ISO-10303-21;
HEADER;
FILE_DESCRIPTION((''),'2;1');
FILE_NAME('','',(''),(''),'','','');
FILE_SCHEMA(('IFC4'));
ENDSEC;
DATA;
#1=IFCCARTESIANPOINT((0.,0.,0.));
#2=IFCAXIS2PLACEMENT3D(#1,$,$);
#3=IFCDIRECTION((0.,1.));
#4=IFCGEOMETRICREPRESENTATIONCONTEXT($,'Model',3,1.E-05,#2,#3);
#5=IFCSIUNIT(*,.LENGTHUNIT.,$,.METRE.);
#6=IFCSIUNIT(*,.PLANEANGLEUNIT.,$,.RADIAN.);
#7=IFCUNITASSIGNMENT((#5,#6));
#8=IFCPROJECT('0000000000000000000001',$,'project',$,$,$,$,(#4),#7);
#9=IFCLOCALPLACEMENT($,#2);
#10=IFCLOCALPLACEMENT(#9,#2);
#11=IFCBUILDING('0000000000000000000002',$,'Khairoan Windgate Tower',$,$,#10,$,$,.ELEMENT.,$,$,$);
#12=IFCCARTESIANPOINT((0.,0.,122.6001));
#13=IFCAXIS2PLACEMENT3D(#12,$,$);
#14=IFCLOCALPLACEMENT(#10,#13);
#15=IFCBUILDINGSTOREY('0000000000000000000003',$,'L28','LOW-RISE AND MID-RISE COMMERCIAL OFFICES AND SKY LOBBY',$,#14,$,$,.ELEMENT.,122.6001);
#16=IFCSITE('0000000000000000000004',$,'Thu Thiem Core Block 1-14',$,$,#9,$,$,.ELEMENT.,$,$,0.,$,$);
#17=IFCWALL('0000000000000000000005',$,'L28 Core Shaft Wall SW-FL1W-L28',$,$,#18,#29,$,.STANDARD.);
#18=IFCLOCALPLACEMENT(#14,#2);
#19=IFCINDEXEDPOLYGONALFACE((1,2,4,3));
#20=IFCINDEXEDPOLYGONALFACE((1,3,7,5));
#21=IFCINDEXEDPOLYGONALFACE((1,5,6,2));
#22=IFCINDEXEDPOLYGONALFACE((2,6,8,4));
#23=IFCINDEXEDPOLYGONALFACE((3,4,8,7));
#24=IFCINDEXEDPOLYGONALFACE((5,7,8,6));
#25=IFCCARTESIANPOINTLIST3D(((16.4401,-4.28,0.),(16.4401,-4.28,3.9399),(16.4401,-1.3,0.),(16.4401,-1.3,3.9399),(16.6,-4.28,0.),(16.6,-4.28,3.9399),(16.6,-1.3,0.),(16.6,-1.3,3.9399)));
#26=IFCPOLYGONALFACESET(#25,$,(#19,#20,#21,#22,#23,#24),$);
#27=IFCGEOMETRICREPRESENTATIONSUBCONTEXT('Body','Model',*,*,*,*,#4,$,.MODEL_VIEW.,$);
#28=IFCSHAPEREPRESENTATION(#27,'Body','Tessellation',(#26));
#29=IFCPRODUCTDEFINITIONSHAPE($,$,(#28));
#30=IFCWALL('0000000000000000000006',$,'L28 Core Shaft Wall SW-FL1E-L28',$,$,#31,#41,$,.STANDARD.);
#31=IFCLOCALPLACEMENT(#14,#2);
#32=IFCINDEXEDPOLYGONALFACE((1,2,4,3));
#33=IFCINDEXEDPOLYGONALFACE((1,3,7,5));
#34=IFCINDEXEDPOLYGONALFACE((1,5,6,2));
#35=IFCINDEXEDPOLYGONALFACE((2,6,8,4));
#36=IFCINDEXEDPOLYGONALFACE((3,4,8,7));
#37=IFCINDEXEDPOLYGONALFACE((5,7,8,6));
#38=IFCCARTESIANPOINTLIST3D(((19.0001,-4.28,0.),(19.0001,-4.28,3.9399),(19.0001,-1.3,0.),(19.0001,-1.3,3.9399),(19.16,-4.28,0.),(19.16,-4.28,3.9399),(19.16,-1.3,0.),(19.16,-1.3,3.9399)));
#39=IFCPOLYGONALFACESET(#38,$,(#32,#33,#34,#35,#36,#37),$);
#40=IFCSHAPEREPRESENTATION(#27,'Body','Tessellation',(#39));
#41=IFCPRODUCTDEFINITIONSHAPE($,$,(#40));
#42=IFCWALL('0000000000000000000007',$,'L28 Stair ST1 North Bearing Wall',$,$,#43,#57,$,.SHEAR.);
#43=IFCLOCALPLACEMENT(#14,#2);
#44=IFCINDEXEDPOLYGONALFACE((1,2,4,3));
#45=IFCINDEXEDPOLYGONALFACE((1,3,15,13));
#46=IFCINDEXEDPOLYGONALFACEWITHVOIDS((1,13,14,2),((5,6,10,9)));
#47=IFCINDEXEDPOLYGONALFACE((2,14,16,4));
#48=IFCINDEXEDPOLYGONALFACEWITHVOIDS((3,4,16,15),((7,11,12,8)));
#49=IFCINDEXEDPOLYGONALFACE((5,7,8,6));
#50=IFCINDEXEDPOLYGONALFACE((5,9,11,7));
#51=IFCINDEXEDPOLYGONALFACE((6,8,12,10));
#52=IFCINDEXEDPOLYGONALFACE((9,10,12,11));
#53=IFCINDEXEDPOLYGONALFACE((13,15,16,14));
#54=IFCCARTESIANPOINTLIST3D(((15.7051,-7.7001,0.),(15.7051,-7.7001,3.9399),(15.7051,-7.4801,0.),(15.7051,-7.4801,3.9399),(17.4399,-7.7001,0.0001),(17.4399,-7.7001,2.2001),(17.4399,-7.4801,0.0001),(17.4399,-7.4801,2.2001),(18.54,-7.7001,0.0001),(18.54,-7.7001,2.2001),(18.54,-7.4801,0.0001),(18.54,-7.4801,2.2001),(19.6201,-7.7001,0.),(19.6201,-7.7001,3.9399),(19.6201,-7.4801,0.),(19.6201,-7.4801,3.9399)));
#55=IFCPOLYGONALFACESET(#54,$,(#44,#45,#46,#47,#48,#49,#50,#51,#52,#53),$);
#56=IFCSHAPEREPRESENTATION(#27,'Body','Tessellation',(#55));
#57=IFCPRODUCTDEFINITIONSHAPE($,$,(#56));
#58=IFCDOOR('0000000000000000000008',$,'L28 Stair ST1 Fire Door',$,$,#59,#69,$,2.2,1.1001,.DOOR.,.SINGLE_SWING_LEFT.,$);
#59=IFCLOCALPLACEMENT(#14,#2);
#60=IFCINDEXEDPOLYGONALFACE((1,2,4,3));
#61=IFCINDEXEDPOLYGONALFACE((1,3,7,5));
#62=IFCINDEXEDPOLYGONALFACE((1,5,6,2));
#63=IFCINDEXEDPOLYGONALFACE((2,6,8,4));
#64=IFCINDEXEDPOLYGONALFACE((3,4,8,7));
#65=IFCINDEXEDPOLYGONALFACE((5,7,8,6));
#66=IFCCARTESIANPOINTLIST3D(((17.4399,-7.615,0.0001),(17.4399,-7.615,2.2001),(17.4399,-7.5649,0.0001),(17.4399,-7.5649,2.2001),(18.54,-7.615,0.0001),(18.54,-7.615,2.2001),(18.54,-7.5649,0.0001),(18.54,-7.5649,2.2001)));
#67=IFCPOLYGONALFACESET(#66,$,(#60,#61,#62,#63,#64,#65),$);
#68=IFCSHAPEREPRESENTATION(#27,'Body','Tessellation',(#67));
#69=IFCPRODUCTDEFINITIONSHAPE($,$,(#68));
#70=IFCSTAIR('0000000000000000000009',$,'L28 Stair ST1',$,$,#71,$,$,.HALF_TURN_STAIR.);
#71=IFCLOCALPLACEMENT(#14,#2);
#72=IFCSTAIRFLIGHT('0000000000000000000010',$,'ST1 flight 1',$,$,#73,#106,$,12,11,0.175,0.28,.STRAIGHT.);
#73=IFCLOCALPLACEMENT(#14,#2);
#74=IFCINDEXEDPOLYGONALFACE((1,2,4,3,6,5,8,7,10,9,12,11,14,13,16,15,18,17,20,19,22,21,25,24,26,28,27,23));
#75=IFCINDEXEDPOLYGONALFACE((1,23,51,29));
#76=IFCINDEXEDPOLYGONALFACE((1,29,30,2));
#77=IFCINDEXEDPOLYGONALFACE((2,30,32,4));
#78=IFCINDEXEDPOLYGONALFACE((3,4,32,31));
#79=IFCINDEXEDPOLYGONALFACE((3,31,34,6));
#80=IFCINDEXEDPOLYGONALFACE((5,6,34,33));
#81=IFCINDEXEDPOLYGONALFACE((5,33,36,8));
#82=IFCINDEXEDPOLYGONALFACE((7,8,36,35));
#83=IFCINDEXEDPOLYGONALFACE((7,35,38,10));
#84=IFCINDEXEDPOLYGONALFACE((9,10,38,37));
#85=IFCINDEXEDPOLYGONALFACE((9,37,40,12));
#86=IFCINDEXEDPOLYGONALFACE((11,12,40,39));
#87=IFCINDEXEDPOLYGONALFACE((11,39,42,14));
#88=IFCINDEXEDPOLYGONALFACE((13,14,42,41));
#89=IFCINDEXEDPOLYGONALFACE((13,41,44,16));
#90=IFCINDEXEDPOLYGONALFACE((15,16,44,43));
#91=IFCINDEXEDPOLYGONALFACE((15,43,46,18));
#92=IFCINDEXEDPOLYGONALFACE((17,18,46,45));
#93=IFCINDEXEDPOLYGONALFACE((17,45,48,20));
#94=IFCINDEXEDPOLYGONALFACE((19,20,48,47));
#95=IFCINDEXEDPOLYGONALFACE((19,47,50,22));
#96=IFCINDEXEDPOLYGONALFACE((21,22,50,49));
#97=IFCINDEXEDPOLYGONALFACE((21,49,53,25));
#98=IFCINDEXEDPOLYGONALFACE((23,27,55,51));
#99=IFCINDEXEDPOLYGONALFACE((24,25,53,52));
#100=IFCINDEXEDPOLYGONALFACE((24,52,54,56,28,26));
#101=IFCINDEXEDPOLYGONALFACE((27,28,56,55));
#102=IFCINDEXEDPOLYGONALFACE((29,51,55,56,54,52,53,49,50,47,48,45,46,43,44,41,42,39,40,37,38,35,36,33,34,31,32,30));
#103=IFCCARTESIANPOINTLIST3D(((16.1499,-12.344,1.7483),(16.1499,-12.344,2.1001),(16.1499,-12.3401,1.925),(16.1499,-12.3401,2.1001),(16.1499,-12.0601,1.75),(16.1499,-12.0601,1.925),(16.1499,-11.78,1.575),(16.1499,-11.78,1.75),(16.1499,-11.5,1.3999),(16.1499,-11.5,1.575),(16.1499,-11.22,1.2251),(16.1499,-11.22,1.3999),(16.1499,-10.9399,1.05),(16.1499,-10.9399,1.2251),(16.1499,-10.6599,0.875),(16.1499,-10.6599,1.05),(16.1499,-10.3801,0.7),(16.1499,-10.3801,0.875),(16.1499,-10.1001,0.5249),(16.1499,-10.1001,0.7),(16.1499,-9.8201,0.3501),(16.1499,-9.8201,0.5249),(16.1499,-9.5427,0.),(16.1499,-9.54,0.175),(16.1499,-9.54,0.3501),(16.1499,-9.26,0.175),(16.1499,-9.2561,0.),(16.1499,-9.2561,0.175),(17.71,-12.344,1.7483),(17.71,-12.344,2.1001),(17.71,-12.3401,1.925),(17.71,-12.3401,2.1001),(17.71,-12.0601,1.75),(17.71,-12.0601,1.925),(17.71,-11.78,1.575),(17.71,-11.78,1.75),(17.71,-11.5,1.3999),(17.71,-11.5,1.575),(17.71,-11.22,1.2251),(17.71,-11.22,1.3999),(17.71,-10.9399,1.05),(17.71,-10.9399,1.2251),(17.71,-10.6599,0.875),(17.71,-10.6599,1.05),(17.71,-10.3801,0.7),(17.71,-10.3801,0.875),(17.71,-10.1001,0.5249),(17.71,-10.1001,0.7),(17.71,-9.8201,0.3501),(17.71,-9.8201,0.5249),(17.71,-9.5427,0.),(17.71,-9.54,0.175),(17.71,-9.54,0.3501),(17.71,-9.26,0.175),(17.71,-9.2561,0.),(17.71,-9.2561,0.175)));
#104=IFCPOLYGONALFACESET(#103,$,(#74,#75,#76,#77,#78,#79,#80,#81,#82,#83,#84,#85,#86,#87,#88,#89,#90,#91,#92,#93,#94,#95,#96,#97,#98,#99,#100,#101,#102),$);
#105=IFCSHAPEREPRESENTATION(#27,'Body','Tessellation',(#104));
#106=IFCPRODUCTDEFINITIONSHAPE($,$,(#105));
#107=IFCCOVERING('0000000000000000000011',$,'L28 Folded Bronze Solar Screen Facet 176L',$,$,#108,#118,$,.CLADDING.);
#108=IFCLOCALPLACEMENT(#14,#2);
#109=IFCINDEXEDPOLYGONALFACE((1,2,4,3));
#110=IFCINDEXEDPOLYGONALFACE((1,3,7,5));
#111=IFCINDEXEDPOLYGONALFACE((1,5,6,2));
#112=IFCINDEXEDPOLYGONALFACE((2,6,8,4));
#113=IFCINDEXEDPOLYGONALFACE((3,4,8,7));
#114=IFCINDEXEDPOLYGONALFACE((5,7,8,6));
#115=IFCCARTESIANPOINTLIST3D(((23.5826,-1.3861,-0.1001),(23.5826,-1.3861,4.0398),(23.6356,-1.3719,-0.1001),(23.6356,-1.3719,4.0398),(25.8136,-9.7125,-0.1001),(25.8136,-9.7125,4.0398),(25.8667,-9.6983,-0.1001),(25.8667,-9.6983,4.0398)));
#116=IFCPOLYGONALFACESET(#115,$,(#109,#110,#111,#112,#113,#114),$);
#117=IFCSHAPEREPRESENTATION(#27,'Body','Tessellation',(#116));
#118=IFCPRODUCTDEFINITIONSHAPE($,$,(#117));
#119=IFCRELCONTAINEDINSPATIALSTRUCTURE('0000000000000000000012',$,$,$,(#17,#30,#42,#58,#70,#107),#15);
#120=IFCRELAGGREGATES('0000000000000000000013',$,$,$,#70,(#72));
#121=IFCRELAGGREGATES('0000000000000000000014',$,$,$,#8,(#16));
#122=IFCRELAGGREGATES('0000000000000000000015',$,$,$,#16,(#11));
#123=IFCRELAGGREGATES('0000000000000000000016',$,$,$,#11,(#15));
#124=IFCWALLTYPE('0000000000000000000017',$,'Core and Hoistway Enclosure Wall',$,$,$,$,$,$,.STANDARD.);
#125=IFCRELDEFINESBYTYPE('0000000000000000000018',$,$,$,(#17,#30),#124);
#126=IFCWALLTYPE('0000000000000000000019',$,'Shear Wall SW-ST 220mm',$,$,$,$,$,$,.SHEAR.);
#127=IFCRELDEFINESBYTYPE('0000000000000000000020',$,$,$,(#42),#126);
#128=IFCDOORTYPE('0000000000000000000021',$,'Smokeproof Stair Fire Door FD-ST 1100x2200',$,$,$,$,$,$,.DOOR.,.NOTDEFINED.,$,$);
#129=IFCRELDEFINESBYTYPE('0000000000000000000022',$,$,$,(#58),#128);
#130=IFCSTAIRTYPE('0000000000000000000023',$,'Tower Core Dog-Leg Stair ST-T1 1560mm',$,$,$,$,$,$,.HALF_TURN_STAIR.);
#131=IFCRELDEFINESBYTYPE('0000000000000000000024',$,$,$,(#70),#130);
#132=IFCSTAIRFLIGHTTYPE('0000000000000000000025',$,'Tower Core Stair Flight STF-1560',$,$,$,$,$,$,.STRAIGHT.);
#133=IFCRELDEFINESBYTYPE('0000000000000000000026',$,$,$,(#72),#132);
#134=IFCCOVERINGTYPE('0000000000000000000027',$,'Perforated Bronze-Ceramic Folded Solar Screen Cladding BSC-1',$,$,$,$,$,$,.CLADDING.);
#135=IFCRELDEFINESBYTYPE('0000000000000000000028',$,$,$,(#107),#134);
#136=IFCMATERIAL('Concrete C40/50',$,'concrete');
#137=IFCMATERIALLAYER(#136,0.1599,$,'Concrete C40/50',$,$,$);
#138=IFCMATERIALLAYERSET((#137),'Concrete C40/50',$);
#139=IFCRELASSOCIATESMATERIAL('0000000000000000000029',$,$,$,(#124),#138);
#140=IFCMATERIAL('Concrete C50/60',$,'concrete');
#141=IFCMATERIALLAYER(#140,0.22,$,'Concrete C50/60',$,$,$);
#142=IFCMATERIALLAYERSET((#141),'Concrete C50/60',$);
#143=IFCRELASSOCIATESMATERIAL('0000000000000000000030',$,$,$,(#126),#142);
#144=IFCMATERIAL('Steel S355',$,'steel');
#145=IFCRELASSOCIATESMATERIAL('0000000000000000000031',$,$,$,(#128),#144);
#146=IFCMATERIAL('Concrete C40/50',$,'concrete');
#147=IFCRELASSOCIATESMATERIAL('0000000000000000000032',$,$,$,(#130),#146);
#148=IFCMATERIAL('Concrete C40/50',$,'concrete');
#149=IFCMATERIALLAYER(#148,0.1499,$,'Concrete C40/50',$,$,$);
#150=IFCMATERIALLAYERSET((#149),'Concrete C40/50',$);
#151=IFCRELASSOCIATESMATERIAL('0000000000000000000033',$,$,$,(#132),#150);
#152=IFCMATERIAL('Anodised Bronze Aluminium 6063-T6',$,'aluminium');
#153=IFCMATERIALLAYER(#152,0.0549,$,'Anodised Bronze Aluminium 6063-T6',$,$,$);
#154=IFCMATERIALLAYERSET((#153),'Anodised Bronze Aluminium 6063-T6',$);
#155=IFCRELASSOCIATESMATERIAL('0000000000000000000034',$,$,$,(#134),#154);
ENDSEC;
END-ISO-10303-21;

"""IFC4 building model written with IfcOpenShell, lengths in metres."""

from ifc_helpers import new_model, si_unit, direction, frame, frame_2d, origin, origin_2d, place, context, subcontext, project, spatial, polyline, rectangle, outline, extrude, material, layer, layer_set, type_object, element, fill, aggregate, save


model = new_model("IFC4")

# Units and contexts
model_context = context("Model", 3, precision=1e-05, world=origin(), true_north=direction((0.0, 1.0)))
body_context = subcontext(model_context, "Body", "Model", "MODEL_VIEW")
ifc_project = project(units=[si_unit("LENGTHUNIT", "METRE"), si_unit("PLANEANGLEUNIT", "RADIAN")], contexts=[model_context])

# Site, building, storey
site_placement = place(None, origin())
site = spatial("IfcSite", under=ifc_project, at=site_placement, Name="Thu Thiem Core Block 1-14", CompositionType="ELEMENT", RefElevation=0.0)
building_placement = place(site_placement, origin())
building = spatial("IfcBuilding", under=site, at=building_placement, Name="Khairoan Windgate Tower", CompositionType="ELEMENT")
storey_placement = place(building_placement, frame((0.0, 0.0, 122.6001)))
storey = spatial("IfcBuildingStorey", under=building, at=storey_placement, Name="L28", Description="LOW-RISE AND MID-RISE COMMERCIAL OFFICES AND SKY LOBBY", CompositionType="ELEMENT", Elevation=122.6001)

# Walls
ifc_material_1 = material(Name="Concrete C40/50", Category="concrete")
ifc_layer_1 = layer(ifc_material_1, 0.1599, Name="Concrete C40/50")
ifc_layer_set_1 = layer_set([ifc_layer_1], Name="Concrete C40/50")
wall_type_1 = type_object("IfcWallType", Name="Core and Hoistway Enclosure Wall", PredefinedType="STANDARD", material=ifc_layer_set_1)
for number, where, z_axis, x_axis, name in (
    (1, (16.52, -4.28, 0.0), (0.0, 0.0, 1.0), (0.0, 1.0, 0.0), "L28 Core Shaft Wall SW-FL1W-L28"),
    (2, (19.0801, -4.28, 0.0), (0.0, 0.0, 1.0), (0.0, 1.0, 0.0), "L28 Core Shaft Wall SW-FL1E-L28"),
):
    element("IfcWall", number, at=place(storey_placement, frame(where, z_axis=z_axis, x_axis=x_axis)), inside=storey, type_object=wall_type_1, Name=name, PredefinedType="STANDARD", context=body_context, shape_type="SweptSolid", body=[
        extrude(rectangle(XDim=2.98, YDim=0.1599, at=frame_2d((1.49, 0.0))), origin(), (0.0, 0.0, 1.0), 3.9399),
    ])

# Wall, opening, door
ifc_material_2 = material(Name="Concrete C50/60", Category="concrete")
ifc_layer_2 = layer(ifc_material_2, 0.22, Name="Concrete C50/60")
ifc_layer_set_2 = layer_set([ifc_layer_2], Name="Concrete C50/60")
wall_type_2 = type_object("IfcWallType", Name="Shear Wall SW-ST 220mm", PredefinedType="SHEAR", material=ifc_layer_set_2)
wall_placement = place(storey_placement, frame((19.6201, -7.5901, 0.0), z_axis=(0.0, 0.0, 1.0), x_axis=(-1.0, 0.0, 0.0)))
wall = element("IfcWall", 3, at=wall_placement, inside=storey, type_object=wall_type_2, Name="L28 Stair ST1 North Bearing Wall", PredefinedType="SHEAR", context=body_context, shape_type="SweptSolid", body=[
    extrude(rectangle(XDim=3.915, YDim=0.22, at=frame_2d((1.9575, 0.0))), origin(), (0.0, 0.0, 1.0), 3.9399),
])
opening_placement = place(wall_placement, frame((1.0801, 0.0, 0.0)))
opening = element("IfcOpeningElement", 4, at=opening_placement, cuts=wall, PredefinedType="OPENING", context=body_context, shape_type="SweptSolid", body=[
    extrude(rectangle(XDim=1.1001, YDim=2.2, at=frame_2d((0.55, 1.1001))), frame((0.0, 0.1199, 0.0), z_axis=(0.0, -1.0, 0.0), x_axis=(1.0, 0.0, 0.0)), (0.0, 0.0, 1.0), 0.24),
])
ifc_material_3 = material(Name="Steel S355", Category="steel")
door_type = type_object("IfcDoorType", Name="Smokeproof Stair Fire Door FD-ST 1100x2200", OperationType="NOTDEFINED", PredefinedType="DOOR", material=ifc_material_3)
door_placement = place(opening_placement, origin())
door = element("IfcDoor", 5, at=door_placement, inside=storey, type_object=door_type, Name="L28 Stair ST1 Fire Door", OperationType="SINGLE_SWING_LEFT", OverallHeight=2.2, OverallWidth=1.1001, PredefinedType="DOOR", context=body_context, shape_type="SweptSolid", body=[
    extrude(rectangle(XDim=1.1001, YDim=2.2, at=frame_2d((0.55, 1.1001))), frame((0.0, 0.0249, 0.0), z_axis=(0.0, -1.0, 0.0), x_axis=(1.0, 0.0, 0.0)), (0.0, 0.0, 1.0), 0.05),
])
fill(opening, door)

# Stair, stair flight
ifc_material_4 = material(Name="Concrete C40/50", Category="concrete")
stair_type = type_object("IfcStairType", Name="Tower Core Dog-Leg Stair ST-T1 1560mm", PredefinedType="HALF_TURN_STAIR", material=ifc_material_4)
stair_placement = place(storey_placement, origin())
stair = element("IfcStair", 6, at=stair_placement, inside=storey, type_object=stair_type, Name="L28 Stair ST1", PredefinedType="HALF_TURN_STAIR")
ifc_material_5 = material(Name="Concrete C40/50", Category="concrete")
ifc_layer_3 = layer(ifc_material_5, 0.1499, Name="Concrete C40/50")
ifc_layer_set_3 = layer_set([ifc_layer_3], Name="Concrete C40/50")
stair_flight_type = type_object("IfcStairFlightType", Name="Tower Core Stair Flight STF-1560", PredefinedType="STRAIGHT", material=ifc_layer_set_3)
stair_flight_placement = place(storey_placement, frame((16.9299, -9.26, 0.0), z_axis=(0.0, 0.0, 1.0), x_axis=(0.0, -1.0, 0.0)))
stair_flight = element("IfcStairFlight", 7, at=stair_flight_placement, type_object=stair_flight_type, Name="ST1 flight 1", NumberOfRisers=12, NumberOfTreads=11, PredefinedType="STRAIGHT", RiserHeight=0.175, TreadLength=0.28, context=body_context, shape_type="SweptSolid", body=[
    extrude(outline(polyline([(-0.0039, 0.0), (-0.0039, 0.175), (0.0, 0.175), (0.28, 0.175), (0.28, 0.3501), (0.5601, 0.3501), (0.5601, 0.5249), (0.8401, 0.5249), (0.8401, 0.7), (1.1201, 0.7), (1.1201, 0.875), (1.3999, 0.875), (1.3999, 1.05), (1.6799, 1.05), (1.6799, 1.2251), (1.96, 1.2251), (1.96, 1.3999), (2.24, 1.3999), (2.24, 1.575), (2.52, 1.575), (2.52, 1.75), (2.8, 1.75), (2.8, 1.925), (3.0801, 1.925), (3.0801, 2.1001), (3.084, 2.1001), (3.084, 1.7483), (0.2827, 0.0), (-0.0039, 0.0)])), frame((0.0, 0.78, 0.0), z_axis=(0.0, -1.0, 0.0), x_axis=(1.0, 0.0, 0.0)), (0.0, 0.0, 1.0), 1.5601),
])
aggregate(stair, [stair_flight])

# Covering
ifc_material_6 = material(Name="Anodised Bronze Aluminium 6063-T6", Category="aluminium")
ifc_layer_4 = layer(ifc_material_6, 0.0549, Name="Anodised Bronze Aluminium 6063-T6")
ifc_layer_set_4 = layer_set([ifc_layer_4], Name="Anodised Bronze Aluminium 6063-T6")
covering_type = type_object("IfcCoveringType", Name="Perforated Bronze-Ceramic Folded Solar Screen Cladding BSC-1", PredefinedType="CLADDING", material=ifc_layer_set_4)
covering_placement = place(storey_placement, frame((24.7246, -5.5422, -0.1001), z_axis=(0.0, 0.0, 1.0), x_axis=(0.258819, -0.965926, 0.0)))
element("IfcCovering", 8, at=covering_placement, inside=storey, type_object=covering_type, Name="L28 Folded Bronze Solar Screen Facet 176L", PredefinedType="CLADDING", context=body_context, shape_type="SweptSolid", body=[
    extrude(rectangle(XDim=8.6201, YDim=0.0549, at=origin_2d()), origin(), (0.0, 0.0, 1.0), 4.1399),
])

save(model, "model.ifc")
